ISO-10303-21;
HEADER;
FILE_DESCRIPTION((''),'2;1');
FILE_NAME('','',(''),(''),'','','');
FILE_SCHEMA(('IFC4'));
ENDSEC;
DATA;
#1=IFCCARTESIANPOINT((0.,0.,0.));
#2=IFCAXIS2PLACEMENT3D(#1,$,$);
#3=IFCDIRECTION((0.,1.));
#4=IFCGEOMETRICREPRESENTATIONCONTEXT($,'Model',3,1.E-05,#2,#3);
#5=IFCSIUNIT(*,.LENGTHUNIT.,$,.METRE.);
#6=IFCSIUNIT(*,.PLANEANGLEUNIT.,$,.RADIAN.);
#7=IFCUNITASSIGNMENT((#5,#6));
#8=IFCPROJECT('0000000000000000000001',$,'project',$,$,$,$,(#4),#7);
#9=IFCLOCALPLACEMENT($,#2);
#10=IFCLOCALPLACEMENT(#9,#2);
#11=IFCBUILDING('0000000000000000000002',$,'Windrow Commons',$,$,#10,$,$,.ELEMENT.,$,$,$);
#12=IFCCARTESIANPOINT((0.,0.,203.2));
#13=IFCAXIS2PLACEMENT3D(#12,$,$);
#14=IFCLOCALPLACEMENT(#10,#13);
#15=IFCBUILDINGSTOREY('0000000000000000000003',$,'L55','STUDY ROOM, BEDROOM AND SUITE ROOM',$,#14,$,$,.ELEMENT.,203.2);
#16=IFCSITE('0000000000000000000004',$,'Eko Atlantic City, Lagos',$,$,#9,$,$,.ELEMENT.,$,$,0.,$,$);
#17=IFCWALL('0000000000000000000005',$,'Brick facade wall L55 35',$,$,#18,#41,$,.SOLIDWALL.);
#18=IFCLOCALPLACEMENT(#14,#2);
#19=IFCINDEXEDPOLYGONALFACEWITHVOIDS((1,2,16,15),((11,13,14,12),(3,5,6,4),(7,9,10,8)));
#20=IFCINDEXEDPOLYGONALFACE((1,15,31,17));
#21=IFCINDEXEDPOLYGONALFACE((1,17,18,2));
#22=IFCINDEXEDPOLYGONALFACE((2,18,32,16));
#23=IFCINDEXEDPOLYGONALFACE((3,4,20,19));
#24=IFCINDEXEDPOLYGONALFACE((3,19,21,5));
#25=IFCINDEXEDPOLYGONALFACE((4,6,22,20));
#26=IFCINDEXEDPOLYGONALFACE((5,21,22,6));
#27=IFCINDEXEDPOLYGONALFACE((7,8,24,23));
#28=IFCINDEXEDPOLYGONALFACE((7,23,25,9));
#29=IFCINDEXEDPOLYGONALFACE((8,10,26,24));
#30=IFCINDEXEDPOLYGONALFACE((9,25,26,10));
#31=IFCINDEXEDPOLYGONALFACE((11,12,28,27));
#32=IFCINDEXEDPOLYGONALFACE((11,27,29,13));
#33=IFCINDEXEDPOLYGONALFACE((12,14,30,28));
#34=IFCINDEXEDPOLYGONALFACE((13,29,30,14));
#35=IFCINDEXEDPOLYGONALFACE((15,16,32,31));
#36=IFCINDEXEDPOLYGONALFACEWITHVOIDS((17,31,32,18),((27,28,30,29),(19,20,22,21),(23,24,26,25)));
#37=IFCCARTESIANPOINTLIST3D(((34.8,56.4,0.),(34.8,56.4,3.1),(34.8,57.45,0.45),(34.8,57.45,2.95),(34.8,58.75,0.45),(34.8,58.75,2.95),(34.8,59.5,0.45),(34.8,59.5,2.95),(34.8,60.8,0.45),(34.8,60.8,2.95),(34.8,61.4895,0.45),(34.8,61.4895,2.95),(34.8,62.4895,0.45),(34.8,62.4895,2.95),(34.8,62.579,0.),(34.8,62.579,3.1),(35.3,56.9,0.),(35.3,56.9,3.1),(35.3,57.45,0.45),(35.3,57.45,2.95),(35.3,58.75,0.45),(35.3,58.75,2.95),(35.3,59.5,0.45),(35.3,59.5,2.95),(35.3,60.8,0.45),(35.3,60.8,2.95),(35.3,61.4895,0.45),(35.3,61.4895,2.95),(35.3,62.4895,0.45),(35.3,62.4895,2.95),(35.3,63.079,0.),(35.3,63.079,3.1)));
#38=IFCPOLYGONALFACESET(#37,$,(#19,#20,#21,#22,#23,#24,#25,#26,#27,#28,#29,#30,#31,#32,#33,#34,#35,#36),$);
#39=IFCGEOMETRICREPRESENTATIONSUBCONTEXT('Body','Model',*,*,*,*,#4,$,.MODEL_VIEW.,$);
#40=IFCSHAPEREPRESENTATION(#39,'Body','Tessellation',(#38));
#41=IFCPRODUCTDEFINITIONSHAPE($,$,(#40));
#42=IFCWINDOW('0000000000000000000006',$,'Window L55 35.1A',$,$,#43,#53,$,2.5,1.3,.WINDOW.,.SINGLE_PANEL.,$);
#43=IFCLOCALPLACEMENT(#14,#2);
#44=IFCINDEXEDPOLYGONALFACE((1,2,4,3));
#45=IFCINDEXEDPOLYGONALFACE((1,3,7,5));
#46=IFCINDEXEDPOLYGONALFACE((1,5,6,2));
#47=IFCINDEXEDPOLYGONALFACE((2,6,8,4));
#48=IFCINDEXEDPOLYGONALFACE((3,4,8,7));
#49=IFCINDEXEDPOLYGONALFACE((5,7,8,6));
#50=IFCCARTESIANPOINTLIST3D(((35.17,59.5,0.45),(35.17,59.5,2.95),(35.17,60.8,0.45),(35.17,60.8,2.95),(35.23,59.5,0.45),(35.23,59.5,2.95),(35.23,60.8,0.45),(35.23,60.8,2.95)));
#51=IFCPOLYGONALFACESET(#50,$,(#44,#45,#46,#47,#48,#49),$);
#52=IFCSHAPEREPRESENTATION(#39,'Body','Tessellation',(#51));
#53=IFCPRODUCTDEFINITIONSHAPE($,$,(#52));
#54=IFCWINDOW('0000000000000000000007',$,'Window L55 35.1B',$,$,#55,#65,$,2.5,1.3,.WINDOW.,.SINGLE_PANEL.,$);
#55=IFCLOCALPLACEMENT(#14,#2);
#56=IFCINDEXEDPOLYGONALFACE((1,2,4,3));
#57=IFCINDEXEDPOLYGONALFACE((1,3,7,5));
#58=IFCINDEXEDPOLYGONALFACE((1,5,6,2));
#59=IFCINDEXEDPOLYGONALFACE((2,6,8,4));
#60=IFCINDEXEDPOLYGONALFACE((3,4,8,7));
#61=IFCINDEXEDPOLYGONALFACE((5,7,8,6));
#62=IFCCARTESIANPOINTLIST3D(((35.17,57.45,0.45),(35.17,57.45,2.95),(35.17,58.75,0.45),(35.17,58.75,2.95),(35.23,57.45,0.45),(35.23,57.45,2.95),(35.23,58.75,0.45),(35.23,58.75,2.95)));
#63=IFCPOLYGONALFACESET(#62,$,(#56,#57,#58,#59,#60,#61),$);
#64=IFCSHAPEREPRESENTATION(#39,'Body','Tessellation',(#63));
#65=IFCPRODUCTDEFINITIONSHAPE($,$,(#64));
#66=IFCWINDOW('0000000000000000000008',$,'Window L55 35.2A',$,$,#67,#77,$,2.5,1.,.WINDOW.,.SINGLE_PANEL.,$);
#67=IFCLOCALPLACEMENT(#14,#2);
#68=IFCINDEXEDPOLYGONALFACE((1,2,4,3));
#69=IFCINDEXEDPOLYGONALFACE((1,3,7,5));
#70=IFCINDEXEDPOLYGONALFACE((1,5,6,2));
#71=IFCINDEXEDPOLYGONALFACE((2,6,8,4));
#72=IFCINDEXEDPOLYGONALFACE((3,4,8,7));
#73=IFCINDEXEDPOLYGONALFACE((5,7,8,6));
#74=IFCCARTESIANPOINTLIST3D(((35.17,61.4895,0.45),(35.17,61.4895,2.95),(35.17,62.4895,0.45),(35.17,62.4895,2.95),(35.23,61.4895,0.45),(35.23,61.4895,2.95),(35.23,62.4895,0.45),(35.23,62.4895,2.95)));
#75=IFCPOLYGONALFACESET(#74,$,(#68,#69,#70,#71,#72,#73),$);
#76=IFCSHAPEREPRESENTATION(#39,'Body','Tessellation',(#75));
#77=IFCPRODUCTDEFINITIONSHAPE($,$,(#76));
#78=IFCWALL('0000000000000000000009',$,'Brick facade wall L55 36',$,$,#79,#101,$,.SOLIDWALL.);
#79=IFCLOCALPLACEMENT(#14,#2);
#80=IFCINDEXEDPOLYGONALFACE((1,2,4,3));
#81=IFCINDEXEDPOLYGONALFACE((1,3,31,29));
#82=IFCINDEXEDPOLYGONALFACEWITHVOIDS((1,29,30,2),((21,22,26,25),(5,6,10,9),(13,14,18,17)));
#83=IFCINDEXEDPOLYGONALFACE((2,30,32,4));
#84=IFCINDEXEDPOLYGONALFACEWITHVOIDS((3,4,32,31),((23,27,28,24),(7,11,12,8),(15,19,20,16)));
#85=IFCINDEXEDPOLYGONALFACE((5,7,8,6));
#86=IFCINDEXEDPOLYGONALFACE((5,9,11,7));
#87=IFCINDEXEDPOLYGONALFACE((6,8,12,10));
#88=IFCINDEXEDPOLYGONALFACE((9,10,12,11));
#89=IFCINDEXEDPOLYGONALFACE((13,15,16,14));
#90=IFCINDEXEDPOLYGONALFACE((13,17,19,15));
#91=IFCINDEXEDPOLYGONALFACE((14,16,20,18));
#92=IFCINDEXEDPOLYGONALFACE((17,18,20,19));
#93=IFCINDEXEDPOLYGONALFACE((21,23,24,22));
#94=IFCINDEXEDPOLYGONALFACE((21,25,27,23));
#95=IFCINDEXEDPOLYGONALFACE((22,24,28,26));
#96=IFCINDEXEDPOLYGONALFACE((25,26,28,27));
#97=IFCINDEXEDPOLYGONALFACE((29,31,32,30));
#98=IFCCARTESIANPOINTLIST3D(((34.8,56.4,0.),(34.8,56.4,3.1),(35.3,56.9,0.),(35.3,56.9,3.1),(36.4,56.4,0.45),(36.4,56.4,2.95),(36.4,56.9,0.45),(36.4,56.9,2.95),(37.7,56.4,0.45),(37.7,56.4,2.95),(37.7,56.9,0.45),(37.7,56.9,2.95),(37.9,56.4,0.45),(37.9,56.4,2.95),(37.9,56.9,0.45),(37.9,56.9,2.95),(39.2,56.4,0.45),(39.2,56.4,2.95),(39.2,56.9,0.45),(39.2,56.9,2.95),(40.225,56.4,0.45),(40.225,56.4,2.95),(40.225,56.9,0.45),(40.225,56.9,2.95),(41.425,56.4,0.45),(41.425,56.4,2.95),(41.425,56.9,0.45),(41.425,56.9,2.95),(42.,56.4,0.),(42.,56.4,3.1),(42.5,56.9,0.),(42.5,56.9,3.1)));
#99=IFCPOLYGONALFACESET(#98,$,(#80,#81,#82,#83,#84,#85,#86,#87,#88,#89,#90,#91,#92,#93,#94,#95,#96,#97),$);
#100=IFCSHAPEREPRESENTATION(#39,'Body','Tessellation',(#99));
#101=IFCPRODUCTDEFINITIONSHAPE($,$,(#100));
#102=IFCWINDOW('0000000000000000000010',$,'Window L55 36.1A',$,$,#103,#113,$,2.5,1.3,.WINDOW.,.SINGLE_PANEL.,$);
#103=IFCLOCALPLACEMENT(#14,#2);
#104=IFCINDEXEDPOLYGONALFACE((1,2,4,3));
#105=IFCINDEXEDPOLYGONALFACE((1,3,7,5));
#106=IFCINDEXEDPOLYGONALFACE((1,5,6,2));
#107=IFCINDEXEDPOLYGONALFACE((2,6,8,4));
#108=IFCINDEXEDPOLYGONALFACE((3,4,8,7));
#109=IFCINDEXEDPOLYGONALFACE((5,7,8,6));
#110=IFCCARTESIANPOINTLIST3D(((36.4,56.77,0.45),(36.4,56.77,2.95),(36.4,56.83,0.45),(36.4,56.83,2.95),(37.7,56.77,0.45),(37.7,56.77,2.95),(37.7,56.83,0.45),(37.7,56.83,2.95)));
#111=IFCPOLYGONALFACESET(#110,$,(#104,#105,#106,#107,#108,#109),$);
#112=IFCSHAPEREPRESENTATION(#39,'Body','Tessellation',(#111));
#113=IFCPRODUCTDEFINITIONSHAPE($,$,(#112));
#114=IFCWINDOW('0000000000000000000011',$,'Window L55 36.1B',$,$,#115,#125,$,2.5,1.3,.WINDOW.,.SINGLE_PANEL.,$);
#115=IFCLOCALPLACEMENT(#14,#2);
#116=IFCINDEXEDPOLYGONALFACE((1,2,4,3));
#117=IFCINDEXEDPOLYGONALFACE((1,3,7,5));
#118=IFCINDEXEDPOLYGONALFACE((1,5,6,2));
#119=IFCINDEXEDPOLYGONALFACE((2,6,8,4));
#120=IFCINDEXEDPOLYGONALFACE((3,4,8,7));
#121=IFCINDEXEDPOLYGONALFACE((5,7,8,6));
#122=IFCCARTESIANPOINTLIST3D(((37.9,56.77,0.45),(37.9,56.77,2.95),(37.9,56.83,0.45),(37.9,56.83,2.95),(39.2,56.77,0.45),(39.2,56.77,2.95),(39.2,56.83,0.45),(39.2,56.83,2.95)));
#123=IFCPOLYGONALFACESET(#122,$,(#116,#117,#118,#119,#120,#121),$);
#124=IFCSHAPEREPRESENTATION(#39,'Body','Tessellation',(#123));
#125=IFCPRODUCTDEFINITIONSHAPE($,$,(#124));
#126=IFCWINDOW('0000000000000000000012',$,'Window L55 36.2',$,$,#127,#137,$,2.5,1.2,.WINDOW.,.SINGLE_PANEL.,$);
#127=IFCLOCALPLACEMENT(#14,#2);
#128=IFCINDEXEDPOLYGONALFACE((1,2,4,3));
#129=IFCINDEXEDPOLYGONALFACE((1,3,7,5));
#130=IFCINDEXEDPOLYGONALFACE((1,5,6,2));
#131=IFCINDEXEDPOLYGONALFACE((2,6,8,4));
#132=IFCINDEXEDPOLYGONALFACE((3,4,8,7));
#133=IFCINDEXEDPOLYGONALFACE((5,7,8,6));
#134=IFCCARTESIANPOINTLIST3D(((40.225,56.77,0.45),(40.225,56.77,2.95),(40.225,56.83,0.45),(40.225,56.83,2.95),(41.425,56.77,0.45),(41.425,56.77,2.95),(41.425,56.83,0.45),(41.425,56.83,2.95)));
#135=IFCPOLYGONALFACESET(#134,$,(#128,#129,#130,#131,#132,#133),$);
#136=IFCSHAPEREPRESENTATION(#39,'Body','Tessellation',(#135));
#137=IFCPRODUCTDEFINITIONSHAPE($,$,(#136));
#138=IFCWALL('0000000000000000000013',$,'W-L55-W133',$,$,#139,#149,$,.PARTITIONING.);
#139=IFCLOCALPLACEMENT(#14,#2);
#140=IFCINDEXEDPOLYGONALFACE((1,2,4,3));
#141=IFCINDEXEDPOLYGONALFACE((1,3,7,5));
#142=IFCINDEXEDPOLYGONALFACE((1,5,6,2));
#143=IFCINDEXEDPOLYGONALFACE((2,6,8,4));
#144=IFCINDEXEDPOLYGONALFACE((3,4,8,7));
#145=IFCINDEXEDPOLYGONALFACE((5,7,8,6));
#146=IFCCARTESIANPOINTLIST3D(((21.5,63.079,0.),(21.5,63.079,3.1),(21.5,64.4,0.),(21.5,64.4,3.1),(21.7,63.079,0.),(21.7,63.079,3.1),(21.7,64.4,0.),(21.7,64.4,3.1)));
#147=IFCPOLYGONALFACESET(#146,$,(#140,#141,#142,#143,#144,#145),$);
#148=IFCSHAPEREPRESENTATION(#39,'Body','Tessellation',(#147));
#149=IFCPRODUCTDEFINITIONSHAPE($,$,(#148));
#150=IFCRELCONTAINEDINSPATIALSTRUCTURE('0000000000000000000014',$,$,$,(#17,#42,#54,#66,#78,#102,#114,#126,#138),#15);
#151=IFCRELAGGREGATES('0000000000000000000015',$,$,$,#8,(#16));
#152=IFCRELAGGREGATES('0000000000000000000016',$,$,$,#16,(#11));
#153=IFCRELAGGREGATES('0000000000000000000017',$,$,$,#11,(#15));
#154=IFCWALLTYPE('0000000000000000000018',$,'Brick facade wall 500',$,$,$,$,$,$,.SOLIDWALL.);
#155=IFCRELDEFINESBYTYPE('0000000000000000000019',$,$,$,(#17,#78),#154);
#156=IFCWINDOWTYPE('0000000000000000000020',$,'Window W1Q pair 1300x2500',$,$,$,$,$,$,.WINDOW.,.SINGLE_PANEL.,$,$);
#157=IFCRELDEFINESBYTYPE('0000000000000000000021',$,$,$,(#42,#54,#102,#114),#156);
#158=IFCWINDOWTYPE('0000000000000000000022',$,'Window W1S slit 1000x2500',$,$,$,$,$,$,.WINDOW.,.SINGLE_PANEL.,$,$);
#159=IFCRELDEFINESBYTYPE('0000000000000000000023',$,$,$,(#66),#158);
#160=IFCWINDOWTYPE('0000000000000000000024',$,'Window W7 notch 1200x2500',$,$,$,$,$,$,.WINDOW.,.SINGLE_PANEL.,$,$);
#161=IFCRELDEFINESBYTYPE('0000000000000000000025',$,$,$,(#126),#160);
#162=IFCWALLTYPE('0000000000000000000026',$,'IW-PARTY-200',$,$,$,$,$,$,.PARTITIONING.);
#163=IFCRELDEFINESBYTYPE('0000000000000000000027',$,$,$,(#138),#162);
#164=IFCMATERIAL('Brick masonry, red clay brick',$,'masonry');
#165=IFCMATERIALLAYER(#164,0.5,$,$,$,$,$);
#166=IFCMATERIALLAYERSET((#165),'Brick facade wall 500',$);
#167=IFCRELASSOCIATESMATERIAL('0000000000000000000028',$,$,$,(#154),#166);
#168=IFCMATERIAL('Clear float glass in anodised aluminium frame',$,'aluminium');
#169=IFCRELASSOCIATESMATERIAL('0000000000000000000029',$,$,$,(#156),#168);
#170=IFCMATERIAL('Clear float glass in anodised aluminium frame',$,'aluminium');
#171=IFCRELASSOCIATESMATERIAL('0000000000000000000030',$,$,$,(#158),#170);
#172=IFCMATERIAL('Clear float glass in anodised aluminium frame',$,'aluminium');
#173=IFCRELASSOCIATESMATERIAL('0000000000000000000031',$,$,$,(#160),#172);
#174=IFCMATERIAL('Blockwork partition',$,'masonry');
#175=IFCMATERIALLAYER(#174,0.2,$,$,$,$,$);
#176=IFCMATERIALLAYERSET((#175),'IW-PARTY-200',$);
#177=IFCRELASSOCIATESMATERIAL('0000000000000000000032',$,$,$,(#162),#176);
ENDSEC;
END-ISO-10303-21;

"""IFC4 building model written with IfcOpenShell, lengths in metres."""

from ifc_helpers import new_model, si_unit, direction, frame, frame_2d, origin, place, context, subcontext, project, spatial, polyline, rectangle, outline, extrude, material, layer, layer_set, type_object, element, fill, save


model = new_model("IFC4")

# Units and contexts
model_context = context("Model", 3, precision=1e-05, world=origin(), true_north=direction((0.0, 1.0)))
body_context = subcontext(model_context, "Body", "Model", "MODEL_VIEW")
ifc_project = project(units=[si_unit("LENGTHUNIT", "METRE"), si_unit("PLANEANGLEUNIT", "RADIAN")], contexts=[model_context])

# Site, building, storey
site_placement = place(None, origin())
site = spatial("IfcSite", under=ifc_project, at=site_placement, Name="Eko Atlantic City, Lagos", CompositionType="ELEMENT", RefElevation=0.0)
building_placement = place(site_placement, origin())
building = spatial("IfcBuilding", under=site, at=building_placement, Name="Windrow Commons", CompositionType="ELEMENT")
storey_placement = place(building_placement, frame((0.0, 0.0, 203.2)))
storey = spatial("IfcBuildingStorey", under=building, at=storey_placement, Name="L55", Description="STUDY ROOM, BEDROOM AND SUITE ROOM", CompositionType="ELEMENT", Elevation=203.2)

# Walls, openings, windows
ifc_material_1 = material(Name="Brick masonry, red clay brick", Category="masonry")
ifc_layer_1 = layer(ifc_material_1, 0.5)
ifc_layer_set_1 = layer_set([ifc_layer_1], Name="Brick facade wall 500")
wall_type_1 = type_object("IfcWallType", Name="Brick facade wall 500", PredefinedType="SOLIDWALL", material=ifc_layer_set_1)
wall_1_placement = place(storey_placement, frame((35.05, 62.829, 0.0), z_axis=(0.0, 0.0, 1.0), x_axis=(0.0, -1.0, 0.0)))
wall_1 = element("IfcWall", 1, at=wall_1_placement, inside=storey, type_object=wall_type_1, Name="Brick facade wall L55 35", PredefinedType="SOLIDWALL", context=body_context, shape_type="SweptSolid", body=[
    extrude(outline(polyline([(0.25, -0.25), (6.429, -0.25), (5.929, 0.25), (-0.25, 0.25), (0.25, -0.25)])), origin(), (0.0, 0.0, 1.0), 3.1),
])
opening_1_placement = place(wall_1_placement, frame((2.029, 0.0, 0.45)))
opening_1 = element("IfcOpeningElement", 2, at=opening_1_placement, cuts=wall_1, PredefinedType="OPENING", context=body_context, shape_type="SweptSolid", body=[
    extrude(rectangle(XDim=1.3, YDim=2.5, at=frame_2d((0.65, 1.25))), frame((0.0, 0.26, 0.0), z_axis=(0.0, -1.0, 0.0), x_axis=(1.0, 0.0, 0.0)), (0.0, 0.0, 1.0), 0.52),
])
opening_2_placement = place(wall_1_placement, frame((4.079, 0.0, 0.45)))
opening_2 = element("IfcOpeningElement", 3, at=opening_2_placement, cuts=wall_1, PredefinedType="OPENING", context=body_context, shape_type="SweptSolid", body=[
    extrude(rectangle(XDim=1.3, YDim=2.5, at=frame_2d((0.65, 1.25))), frame((0.0, 0.26, 0.0), z_axis=(0.0, -1.0, 0.0), x_axis=(1.0, 0.0, 0.0)), (0.0, 0.0, 1.0), 0.52),
])
opening_3_placement = place(wall_1_placement, frame((0.3395, 0.0, 0.45)))
opening_3 = element("IfcOpeningElement", 4, at=opening_3_placement, cuts=wall_1, PredefinedType="OPENING", context=body_context, shape_type="SweptSolid", body=[
    extrude(rectangle(XDim=1.0, YDim=2.5, at=frame_2d((0.5, 1.25))), frame((0.0, 0.26, 0.0), z_axis=(0.0, -1.0, 0.0), x_axis=(1.0, 0.0, 0.0)), (0.0, 0.0, 1.0), 0.52),
])
ifc_material_2 = material(Name="Clear float glass in anodised aluminium frame", Category="aluminium")
window_type_1 = type_object("IfcWindowType", Name="Window W1Q pair 1300x2500", PartitioningType="SINGLE_PANEL", PredefinedType="WINDOW", material=ifc_material_2)
window_1_placement = place(opening_1_placement, origin())
window_1 = element("IfcWindow", 5, at=window_1_placement, inside=storey, type_object=window_type_1, Name="Window L55 35.1A", OverallHeight=2.5, OverallWidth=1.3, PartitioningType="SINGLE_PANEL", PredefinedType="WINDOW", context=body_context, shape_type="SweptSolid", body=[
    extrude(rectangle(XDim=1.3, YDim=2.5, at=frame_2d((0.65, 1.25))), frame((0.0, 0.18, 0.0), z_axis=(0.0, -1.0, 0.0), x_axis=(1.0, 0.0, 0.0)), (0.0, 0.0, 1.0), 0.06),
])
fill(opening_1, window_1)
window_2_placement = place(opening_2_placement, origin())
window_2 = element("IfcWindow", 6, at=window_2_placement, inside=storey, type_object=window_type_1, Name="Window L55 35.1B", OverallHeight=2.5, OverallWidth=1.3, PartitioningType="SINGLE_PANEL", PredefinedType="WINDOW", context=body_context, shape_type="SweptSolid", body=[
    extrude(rectangle(XDim=1.3, YDim=2.5, at=frame_2d((0.65, 1.25))), frame((0.0, 0.18, 0.0), z_axis=(0.0, -1.0, 0.0), x_axis=(1.0, 0.0, 0.0)), (0.0, 0.0, 1.0), 0.06),
])
fill(opening_2, window_2)
ifc_material_3 = material(Name="Clear float glass in anodised aluminium frame", Category="aluminium")
window_type_2 = type_object("IfcWindowType", Name="Window W1S slit 1000x2500", PartitioningType="SINGLE_PANEL", PredefinedType="WINDOW", material=ifc_material_3)
window_3_placement = place(opening_3_placement, origin())
window_3 = element("IfcWindow", 7, at=window_3_placement, inside=storey, type_object=window_type_2, Name="Window L55 35.2A", OverallHeight=2.5, OverallWidth=1.0, PartitioningType="SINGLE_PANEL", PredefinedType="WINDOW", context=body_context, shape_type="SweptSolid", body=[
    extrude(rectangle(XDim=1.0, YDim=2.5, at=frame_2d((0.5, 1.25))), frame((0.0, 0.18, 0.0), z_axis=(0.0, -1.0, 0.0), x_axis=(1.0, 0.0, 0.0)), (0.0, 0.0, 1.0), 0.06),
])
fill(opening_3, window_3)
wall_2_placement = place(storey_placement, frame((35.05, 56.65, 0.0), z_axis=(0.0, 0.0, 1.0), x_axis=(1.0, 0.0, 0.0)))
wall_2 = element("IfcWall", 8, at=wall_2_placement, inside=storey, type_object=wall_type_1, Name="Brick facade wall L55 36", PredefinedType="SOLIDWALL", context=body_context, shape_type="SweptSolid", body=[
    extrude(outline(polyline([(-0.25, -0.25), (6.95, -0.25), (7.45, 0.25), (0.25, 0.25), (-0.25, -0.25)])), origin(), (0.0, 0.0, 1.0), 3.1),
])
opening_4_placement = place(wall_2_placement, frame((1.35, 0.0, 0.45)))
opening_4 = element("IfcOpeningElement", 9, at=opening_4_placement, cuts=wall_2, PredefinedType="OPENING", context=body_context, shape_type="SweptSolid", body=[
    extrude(rectangle(XDim=1.3, YDim=2.5, at=frame_2d((0.65, 1.25))), frame((0.0, 0.26, 0.0), z_axis=(0.0, -1.0, 0.0), x_axis=(1.0, 0.0, 0.0)), (0.0, 0.0, 1.0), 0.52),
])
opening_5_placement = place(wall_2_placement, frame((2.85, 0.0, 0.45)))
opening_5 = element("IfcOpeningElement", 10, at=opening_5_placement, cuts=wall_2, PredefinedType="OPENING", context=body_context, shape_type="SweptSolid", body=[
    extrude(rectangle(XDim=1.3, YDim=2.5, at=frame_2d((0.65, 1.25))), frame((0.0, 0.26, 0.0), z_axis=(0.0, -1.0, 0.0), x_axis=(1.0, 0.0, 0.0)), (0.0, 0.0, 1.0), 0.52),
])
opening_6_placement = place(wall_2_placement, frame((5.175, 0.0, 0.45)))
opening_6 = element("IfcOpeningElement", 11, at=opening_6_placement, cuts=wall_2, PredefinedType="OPENING", context=body_context, shape_type="SweptSolid", body=[
    extrude(rectangle(XDim=1.2, YDim=2.5, at=frame_2d((0.6, 1.25))), frame((0.0, 0.26, 0.0), z_axis=(0.0, -1.0, 0.0), x_axis=(1.0, 0.0, 0.0)), (0.0, 0.0, 1.0), 0.52),
])
window_4_placement = place(opening_4_placement, origin())
window_4 = element("IfcWindow", 12, at=window_4_placement, inside=storey, type_object=window_type_1, Name="Window L55 36.1A", OverallHeight=2.5, OverallWidth=1.3, PartitioningType="SINGLE_PANEL", PredefinedType="WINDOW", context=body_context, shape_type="SweptSolid", body=[
    extrude(rectangle(XDim=1.3, YDim=2.5, at=frame_2d((0.65, 1.25))), frame((0.0, 0.18, 0.0), z_axis=(0.0, -1.0, 0.0), x_axis=(1.0, 0.0, 0.0)), (0.0, 0.0, 1.0), 0.06),
])
fill(opening_4, window_4)
window_5_placement = place(opening_5_placement, origin())
window_5 = element("IfcWindow", 13, at=window_5_placement, inside=storey, type_object=window_type_1, Name="Window L55 36.1B", OverallHeight=2.5, OverallWidth=1.3, PartitioningType="SINGLE_PANEL", PredefinedType="WINDOW", context=body_context, shape_type="SweptSolid", body=[
    extrude(rectangle(XDim=1.3, YDim=2.5, at=frame_2d((0.65, 1.25))), frame((0.0, 0.18, 0.0), z_axis=(0.0, -1.0, 0.0), x_axis=(1.0, 0.0, 0.0)), (0.0, 0.0, 1.0), 0.06),
])
fill(opening_5, window_5)
ifc_material_4 = material(Name="Clear float glass in anodised aluminium frame", Category="aluminium")
window_type_3 = type_object("IfcWindowType", Name="Window W7 notch 1200x2500", PartitioningType="SINGLE_PANEL", PredefinedType="WINDOW", material=ifc_material_4)
window_6_placement = place(opening_6_placement, origin())
window_6 = element("IfcWindow", 14, at=window_6_placement, inside=storey, type_object=window_type_3, Name="Window L55 36.2", OverallHeight=2.5, OverallWidth=1.2, PartitioningType="SINGLE_PANEL", PredefinedType="WINDOW", context=body_context, shape_type="SweptSolid", body=[
    extrude(rectangle(XDim=1.2, YDim=2.5, at=frame_2d((0.6, 1.25))), frame((0.0, 0.18, 0.0), z_axis=(0.0, -1.0, 0.0), x_axis=(1.0, 0.0, 0.0)), (0.0, 0.0, 1.0), 0.06),
])
fill(opening_6, window_6)

# Wall
ifc_material_5 = material(Name="Blockwork partition", Category="masonry")
ifc_layer_2 = layer(ifc_material_5, 0.2)
ifc_layer_set_2 = layer_set([ifc_layer_2], Name="IW-PARTY-200")
wall_type_2 = type_object("IfcWallType", Name="IW-PARTY-200", PredefinedType="PARTITIONING", material=ifc_layer_set_2)
wall_3_placement = place(storey_placement, frame((21.6, 63.079, 0.0), z_axis=(0.0, 0.0, 1.0), x_axis=(0.0, 1.0, 0.0)))
element("IfcWall", 15, at=wall_3_placement, inside=storey, type_object=wall_type_2, Name="W-L55-W133", PredefinedType="PARTITIONING", context=body_context, shape_type="SweptSolid", body=[
    extrude(rectangle(XDim=1.321, YDim=0.2, at=frame_2d((0.6605, 0.0))), origin(), (0.0, 0.0, 1.0), 3.1),
])

save(model, "model.ifc")
